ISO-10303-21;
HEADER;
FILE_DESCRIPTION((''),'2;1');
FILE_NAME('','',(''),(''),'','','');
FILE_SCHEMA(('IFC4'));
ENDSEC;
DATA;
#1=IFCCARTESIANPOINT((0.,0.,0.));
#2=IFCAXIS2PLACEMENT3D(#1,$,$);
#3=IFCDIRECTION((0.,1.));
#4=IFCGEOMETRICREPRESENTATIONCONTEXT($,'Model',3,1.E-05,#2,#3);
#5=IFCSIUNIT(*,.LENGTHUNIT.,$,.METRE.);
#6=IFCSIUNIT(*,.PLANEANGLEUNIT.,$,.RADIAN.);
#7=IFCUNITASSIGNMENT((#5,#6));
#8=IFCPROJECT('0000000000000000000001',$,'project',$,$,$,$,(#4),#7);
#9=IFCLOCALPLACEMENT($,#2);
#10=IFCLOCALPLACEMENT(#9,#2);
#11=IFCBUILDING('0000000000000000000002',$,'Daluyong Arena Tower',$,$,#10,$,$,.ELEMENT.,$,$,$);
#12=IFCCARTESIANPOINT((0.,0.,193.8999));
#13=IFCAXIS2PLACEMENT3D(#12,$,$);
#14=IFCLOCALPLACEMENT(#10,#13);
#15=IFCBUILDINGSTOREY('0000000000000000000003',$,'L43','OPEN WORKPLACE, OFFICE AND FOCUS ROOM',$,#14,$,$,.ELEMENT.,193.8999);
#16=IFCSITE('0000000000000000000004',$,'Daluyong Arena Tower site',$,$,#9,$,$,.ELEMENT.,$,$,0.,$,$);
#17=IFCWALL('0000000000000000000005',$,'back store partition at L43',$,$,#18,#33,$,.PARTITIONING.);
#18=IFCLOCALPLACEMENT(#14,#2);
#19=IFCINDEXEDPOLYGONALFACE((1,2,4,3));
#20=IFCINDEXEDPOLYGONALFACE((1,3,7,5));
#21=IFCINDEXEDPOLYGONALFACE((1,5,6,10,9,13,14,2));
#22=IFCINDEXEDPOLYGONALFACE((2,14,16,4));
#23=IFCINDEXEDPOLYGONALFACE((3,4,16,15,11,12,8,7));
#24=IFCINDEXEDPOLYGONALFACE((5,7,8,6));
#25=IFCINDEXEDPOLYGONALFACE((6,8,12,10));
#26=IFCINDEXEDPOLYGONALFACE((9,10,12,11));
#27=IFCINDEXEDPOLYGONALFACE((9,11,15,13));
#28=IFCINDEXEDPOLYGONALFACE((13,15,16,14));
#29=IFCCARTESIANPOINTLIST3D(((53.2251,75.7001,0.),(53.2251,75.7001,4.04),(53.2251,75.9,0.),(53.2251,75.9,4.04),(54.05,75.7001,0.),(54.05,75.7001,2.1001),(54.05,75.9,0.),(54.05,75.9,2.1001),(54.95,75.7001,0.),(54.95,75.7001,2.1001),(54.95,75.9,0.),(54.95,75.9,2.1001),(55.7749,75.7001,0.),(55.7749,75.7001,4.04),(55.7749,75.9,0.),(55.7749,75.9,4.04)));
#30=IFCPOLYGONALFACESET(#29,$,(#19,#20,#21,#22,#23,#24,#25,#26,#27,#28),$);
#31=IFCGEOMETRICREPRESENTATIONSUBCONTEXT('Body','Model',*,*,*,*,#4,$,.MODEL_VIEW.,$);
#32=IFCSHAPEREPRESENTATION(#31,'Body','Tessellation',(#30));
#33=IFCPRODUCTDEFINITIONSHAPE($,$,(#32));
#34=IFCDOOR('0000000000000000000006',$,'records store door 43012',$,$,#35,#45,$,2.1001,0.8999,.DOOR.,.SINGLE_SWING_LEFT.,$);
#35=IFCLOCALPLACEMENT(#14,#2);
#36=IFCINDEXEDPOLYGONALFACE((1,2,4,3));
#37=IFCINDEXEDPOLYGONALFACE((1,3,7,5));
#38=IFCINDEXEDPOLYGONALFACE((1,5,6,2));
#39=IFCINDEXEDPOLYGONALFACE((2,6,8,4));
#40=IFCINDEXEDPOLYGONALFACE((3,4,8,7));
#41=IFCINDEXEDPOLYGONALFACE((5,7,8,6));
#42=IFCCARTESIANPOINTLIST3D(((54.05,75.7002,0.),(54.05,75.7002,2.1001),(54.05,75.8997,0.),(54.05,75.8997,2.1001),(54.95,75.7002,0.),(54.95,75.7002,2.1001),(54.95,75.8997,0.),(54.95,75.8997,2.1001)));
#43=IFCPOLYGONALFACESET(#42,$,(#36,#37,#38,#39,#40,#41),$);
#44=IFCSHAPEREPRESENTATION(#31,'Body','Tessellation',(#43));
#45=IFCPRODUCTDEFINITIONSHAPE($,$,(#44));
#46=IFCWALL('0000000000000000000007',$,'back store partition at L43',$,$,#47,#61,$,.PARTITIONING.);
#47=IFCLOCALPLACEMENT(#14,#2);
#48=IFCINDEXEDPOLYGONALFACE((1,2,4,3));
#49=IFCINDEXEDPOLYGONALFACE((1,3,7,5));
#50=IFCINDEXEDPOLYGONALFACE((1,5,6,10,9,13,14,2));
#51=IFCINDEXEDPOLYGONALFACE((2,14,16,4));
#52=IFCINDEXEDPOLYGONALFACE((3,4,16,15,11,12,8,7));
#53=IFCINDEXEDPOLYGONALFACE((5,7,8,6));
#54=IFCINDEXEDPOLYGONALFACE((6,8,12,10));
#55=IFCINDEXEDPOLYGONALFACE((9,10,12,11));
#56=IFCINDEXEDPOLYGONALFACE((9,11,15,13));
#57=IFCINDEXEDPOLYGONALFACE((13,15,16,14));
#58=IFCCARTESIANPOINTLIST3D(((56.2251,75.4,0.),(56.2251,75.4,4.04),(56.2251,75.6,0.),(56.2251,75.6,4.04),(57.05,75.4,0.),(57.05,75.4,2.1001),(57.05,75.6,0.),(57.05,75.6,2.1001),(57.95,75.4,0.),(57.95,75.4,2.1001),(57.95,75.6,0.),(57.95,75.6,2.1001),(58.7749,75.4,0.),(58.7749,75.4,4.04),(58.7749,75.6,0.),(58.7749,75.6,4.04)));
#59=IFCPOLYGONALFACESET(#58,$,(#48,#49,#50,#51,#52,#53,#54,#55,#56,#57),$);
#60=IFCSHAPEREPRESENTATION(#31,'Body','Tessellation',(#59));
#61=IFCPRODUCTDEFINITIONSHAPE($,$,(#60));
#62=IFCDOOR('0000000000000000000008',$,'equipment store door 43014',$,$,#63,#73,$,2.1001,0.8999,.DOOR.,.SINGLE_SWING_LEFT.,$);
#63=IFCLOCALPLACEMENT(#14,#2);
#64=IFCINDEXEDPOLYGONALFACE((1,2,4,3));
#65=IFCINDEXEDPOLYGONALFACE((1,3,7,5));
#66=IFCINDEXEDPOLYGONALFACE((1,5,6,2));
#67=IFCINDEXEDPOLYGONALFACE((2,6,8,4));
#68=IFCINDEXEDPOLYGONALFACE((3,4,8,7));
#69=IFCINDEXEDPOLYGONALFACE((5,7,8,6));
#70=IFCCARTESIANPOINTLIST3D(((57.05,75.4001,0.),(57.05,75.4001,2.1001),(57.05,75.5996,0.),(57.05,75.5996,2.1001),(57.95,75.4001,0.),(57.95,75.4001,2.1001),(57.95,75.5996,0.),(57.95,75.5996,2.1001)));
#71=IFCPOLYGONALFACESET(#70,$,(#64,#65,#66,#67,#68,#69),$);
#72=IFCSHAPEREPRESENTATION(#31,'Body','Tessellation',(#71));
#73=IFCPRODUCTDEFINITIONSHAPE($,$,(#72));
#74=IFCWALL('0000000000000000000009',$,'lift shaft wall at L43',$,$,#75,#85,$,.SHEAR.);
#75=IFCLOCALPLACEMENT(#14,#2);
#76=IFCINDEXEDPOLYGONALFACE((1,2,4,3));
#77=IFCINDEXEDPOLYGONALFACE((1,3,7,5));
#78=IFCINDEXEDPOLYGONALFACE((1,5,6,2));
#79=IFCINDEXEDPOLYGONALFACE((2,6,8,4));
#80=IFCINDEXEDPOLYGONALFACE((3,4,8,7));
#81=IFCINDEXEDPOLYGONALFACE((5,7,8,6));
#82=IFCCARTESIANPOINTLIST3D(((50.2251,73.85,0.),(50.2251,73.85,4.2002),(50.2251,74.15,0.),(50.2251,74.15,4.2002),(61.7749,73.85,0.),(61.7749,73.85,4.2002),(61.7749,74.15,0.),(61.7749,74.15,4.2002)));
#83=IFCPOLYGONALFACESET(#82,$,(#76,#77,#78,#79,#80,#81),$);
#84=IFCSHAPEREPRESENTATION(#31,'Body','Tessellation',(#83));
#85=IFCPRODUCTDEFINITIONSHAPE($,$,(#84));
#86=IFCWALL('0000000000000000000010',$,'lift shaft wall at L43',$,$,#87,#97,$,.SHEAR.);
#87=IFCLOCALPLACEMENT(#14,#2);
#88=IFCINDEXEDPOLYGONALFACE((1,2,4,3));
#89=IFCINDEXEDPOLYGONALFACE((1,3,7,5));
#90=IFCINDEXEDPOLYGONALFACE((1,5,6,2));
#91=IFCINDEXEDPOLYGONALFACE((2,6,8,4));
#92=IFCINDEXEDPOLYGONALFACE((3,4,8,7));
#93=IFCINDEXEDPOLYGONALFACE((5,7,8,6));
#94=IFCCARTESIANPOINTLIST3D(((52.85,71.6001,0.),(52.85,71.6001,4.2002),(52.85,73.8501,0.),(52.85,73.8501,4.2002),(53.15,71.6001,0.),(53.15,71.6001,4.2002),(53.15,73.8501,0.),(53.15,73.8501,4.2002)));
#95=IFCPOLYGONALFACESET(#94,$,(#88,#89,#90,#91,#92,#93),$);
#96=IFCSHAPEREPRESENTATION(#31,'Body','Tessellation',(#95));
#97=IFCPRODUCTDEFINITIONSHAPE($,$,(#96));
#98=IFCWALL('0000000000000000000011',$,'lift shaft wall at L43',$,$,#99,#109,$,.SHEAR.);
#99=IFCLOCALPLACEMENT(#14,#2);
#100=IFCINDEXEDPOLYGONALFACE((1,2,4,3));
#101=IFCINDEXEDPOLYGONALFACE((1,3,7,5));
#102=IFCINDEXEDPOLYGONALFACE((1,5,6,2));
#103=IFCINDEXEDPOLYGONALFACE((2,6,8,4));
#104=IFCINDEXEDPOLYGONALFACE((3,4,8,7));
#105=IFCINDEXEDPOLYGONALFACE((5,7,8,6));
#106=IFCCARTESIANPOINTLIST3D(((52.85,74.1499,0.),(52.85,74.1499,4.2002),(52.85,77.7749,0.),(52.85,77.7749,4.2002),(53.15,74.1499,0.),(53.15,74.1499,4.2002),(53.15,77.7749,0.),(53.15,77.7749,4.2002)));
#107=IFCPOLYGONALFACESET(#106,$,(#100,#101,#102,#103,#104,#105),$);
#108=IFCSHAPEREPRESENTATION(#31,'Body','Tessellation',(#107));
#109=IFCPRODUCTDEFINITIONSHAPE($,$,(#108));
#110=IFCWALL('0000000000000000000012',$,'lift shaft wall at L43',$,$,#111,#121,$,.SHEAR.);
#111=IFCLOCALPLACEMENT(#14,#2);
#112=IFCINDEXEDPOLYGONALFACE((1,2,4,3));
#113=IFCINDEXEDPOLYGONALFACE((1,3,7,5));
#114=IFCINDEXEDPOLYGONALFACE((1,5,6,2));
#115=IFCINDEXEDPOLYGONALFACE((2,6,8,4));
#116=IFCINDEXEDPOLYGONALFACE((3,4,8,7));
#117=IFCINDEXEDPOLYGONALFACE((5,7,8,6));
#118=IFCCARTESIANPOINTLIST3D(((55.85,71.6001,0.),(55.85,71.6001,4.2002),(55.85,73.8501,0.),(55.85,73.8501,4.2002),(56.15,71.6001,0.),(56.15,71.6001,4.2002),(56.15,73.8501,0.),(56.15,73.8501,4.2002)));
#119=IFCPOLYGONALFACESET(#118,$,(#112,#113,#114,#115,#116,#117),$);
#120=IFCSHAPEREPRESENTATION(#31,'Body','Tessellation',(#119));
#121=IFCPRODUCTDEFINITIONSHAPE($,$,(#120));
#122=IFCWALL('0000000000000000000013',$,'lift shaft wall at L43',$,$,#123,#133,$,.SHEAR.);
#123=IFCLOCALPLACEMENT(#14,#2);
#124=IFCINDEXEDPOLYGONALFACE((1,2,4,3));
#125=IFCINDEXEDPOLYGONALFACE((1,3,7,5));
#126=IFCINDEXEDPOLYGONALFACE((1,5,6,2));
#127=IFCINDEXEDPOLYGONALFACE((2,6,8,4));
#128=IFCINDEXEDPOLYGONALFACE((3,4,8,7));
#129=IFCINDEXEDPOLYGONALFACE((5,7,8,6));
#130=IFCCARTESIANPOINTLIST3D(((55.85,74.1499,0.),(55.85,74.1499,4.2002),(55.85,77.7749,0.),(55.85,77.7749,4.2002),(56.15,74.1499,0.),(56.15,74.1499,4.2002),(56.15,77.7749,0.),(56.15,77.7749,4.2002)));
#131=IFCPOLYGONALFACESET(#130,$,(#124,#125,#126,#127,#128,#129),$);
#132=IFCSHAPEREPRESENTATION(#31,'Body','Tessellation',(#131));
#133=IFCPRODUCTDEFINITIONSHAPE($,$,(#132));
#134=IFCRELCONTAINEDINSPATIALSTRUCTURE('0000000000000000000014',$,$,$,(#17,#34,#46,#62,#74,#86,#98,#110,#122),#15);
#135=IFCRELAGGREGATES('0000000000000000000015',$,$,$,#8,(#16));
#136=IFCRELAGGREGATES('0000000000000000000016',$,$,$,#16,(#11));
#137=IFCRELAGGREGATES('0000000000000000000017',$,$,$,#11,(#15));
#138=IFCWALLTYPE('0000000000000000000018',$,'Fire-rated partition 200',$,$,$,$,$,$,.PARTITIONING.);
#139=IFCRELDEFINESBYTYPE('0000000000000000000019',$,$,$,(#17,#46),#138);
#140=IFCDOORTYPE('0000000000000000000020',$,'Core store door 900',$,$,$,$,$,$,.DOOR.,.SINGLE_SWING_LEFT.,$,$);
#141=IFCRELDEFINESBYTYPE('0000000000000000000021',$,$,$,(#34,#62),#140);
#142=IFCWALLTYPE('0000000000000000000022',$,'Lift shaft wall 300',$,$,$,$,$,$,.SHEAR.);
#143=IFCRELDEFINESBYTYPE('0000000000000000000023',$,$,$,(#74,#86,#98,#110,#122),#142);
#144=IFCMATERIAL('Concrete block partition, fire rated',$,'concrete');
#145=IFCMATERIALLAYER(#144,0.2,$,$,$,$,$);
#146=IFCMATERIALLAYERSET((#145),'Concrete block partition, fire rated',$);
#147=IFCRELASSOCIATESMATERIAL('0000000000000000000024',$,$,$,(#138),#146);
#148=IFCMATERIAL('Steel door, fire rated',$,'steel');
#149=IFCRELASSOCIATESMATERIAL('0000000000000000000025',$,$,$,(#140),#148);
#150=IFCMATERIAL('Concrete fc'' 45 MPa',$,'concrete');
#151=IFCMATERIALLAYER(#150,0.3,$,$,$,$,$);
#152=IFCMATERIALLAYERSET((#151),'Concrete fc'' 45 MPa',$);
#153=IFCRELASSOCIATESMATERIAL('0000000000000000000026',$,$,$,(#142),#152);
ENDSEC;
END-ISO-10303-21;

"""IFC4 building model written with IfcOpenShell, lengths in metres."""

from ifc_helpers import new_model, si_unit, direction, frame, frame_2d, origin, place, context, subcontext, project, spatial, rectangle, extrude, material, layer, layer_set, type_object, element, fill, save


model = new_model("IFC4")

# Units and contexts
model_context = context("Model", 3, precision=1e-05, world=origin(), true_north=direction((0.0, 1.0)))
body_context = subcontext(model_context, "Body", "Model", "MODEL_VIEW")
ifc_project = project(units=[si_unit("LENGTHUNIT", "METRE"), si_unit("PLANEANGLEUNIT", "RADIAN")], contexts=[model_context])

# Site, building, storey
site_placement = place(None, origin())
site = spatial("IfcSite", under=ifc_project, at=site_placement, Name="Daluyong Arena Tower site", CompositionType="ELEMENT", RefElevation=0.0)
building_placement = place(site_placement, origin())
building = spatial("IfcBuilding", under=site, at=building_placement, Name="Daluyong Arena Tower", CompositionType="ELEMENT")
storey_placement = place(building_placement, frame((0.0, 0.0, 193.8999)))
storey = spatial("IfcBuildingStorey", under=building, at=storey_placement, Name="L43", Description="OPEN WORKPLACE, OFFICE AND FOCUS ROOM", CompositionType="ELEMENT", Elevation=193.8999)

# Walls, openings, doors
ifc_material_1 = material(Name="Concrete block partition, fire rated", Category="concrete")
ifc_layer_1 = layer(ifc_material_1, 0.2)
ifc_layer_set_1 = layer_set([ifc_layer_1], Name="Concrete block partition, fire rated")
wall_type_1 = type_object("IfcWallType", Name="Fire-rated partition 200", PredefinedType="PARTITIONING", material=ifc_layer_set_1)
ifc_material_2 = material(Name="Steel door, fire rated", Category="steel")
door_type_1 = type_object("IfcDoorType", Name="Core store door 900", OperationType="SINGLE_SWING_LEFT", PredefinedType="DOOR", material=ifc_material_2)
wall_1_placement = place(storey_placement, frame((53.2251, 75.8, 0.0), z_axis=(0.0, 0.0, 1.0), x_axis=(1.0, 0.0, 0.0)))
wall_1 = element("IfcWall", 1, at=wall_1_placement, inside=storey, type_object=wall_type_1, Name="back store partition at L43", PredefinedType="PARTITIONING", context=body_context, shape_type="SweptSolid", body=[
    extrude(rectangle(XDim=2.5498, YDim=0.2, at=frame_2d((1.2749, 0.0))), origin(), (0.0, 0.0, 1.0), 4.04),
])
opening_1_placement = place(wall_1_placement, frame((0.825, 0.0, 0.0)))
opening_1 = element("IfcOpeningElement", 2, at=opening_1_placement, cuts=wall_1, PredefinedType="OPENING", context=body_context, shape_type="SweptSolid", body=[
    extrude(rectangle(XDim=0.8999, YDim=2.1001, at=frame_2d((0.45, 1.05))), frame((0.0, 0.1099, 0.0), z_axis=(0.0, -1.0, 0.0), x_axis=(1.0, 0.0, 0.0)), (0.0, 0.0, 1.0), 0.22),
])
door_1_placement = place(opening_1_placement, origin())
door_1 = element("IfcDoor", 3, at=door_1_placement, inside=storey, type_object=door_type_1, Name="records store door 43012", OperationType="SINGLE_SWING_LEFT", OverallHeight=2.1001, OverallWidth=0.8999, PredefinedType="DOOR", context=body_context, shape_type="SweptSolid", body=[
    extrude(rectangle(XDim=0.8999, YDim=2.1001, at=frame_2d((0.45, 1.05))), frame((0.0, 0.0996, 0.0), z_axis=(0.0, -1.0, 0.0), x_axis=(1.0, 0.0, 0.0)), (0.0, 0.0, 1.0), 0.1995),
])
fill(opening_1, door_1)
wall_2_placement = place(storey_placement, frame((56.2251, 75.5, 0.0), z_axis=(0.0, 0.0, 1.0), x_axis=(1.0, 0.0, 0.0)))
wall_2 = element("IfcWall", 4, at=wall_2_placement, inside=storey, type_object=wall_type_1, Name="back store partition at L43", PredefinedType="PARTITIONING", context=body_context, shape_type="SweptSolid", body=[
    extrude(rectangle(XDim=2.5498, YDim=0.2, at=frame_2d((1.2749, 0.0))), origin(), (0.0, 0.0, 1.0), 4.04),
])
opening_2_placement = place(wall_2_placement, frame((0.825, 0.0, 0.0)))
opening_2 = element("IfcOpeningElement", 5, at=opening_2_placement, cuts=wall_2, PredefinedType="OPENING", context=body_context, shape_type="SweptSolid", body=[
    extrude(rectangle(XDim=0.8999, YDim=2.1001, at=frame_2d((0.45, 1.05))), frame((0.0, 0.1099, 0.0), z_axis=(0.0, -1.0, 0.0), x_axis=(1.0, 0.0, 0.0)), (0.0, 0.0, 1.0), 0.22),
])
door_2_placement = place(opening_2_placement, origin())
door_2 = element("IfcDoor", 6, at=door_2_placement, inside=storey, type_object=door_type_1, Name="equipment store door 43014", OperationType="SINGLE_SWING_LEFT", OverallHeight=2.1001, OverallWidth=0.8999, PredefinedType="DOOR", context=body_context, shape_type="SweptSolid", body=[
    extrude(rectangle(XDim=0.8999, YDim=2.1001, at=frame_2d((0.45, 1.05))), frame((0.0, 0.0996, 0.0), z_axis=(0.0, -1.0, 0.0), x_axis=(1.0, 0.0, 0.0)), (0.0, 0.0, 1.0), 0.1995),
])
fill(opening_2, door_2)

# Walls
ifc_material_3 = material(Name="Concrete fc' 45 MPa", Category="concrete")
ifc_layer_2 = layer(ifc_material_3, 0.3)
ifc_layer_set_2 = layer_set([ifc_layer_2], Name="Concrete fc' 45 MPa")
wall_type_2 = type_object("IfcWallType", Name="Lift shaft wall 300", PredefinedType="SHEAR", material=ifc_layer_set_2)
wall_3_placement = place(storey_placement, frame((50.2251, 74.0, 0.0), z_axis=(0.0, 0.0, 1.0), x_axis=(1.0, 0.0, 0.0)))
element("IfcWall", 7, at=wall_3_placement, inside=storey, type_object=wall_type_2, Name="lift shaft wall at L43", PredefinedType="SHEAR", context=body_context, shape_type="SweptSolid", body=[
    extrude(rectangle(XDim=11.5498, YDim=0.3, at=frame_2d((5.7749, 0.0))), origin(), (0.0, 0.0, 1.0), 4.2002),
])
wall_4_placement = place(storey_placement, frame((53.0, 71.6001, 0.0), z_axis=(0.0, 0.0, 1.0), x_axis=(0.0, 1.0, 0.0)))
element("IfcWall", 8, at=wall_4_placement, inside=storey, type_object=wall_type_2, Name="lift shaft wall at L43", PredefinedType="SHEAR", context=body_context, shape_type="SweptSolid", body=[
    extrude(rectangle(XDim=2.25, YDim=0.3, at=frame_2d((1.125, 0.0))), origin(), (0.0, 0.0, 1.0), 4.2002),
])
wall_5_placement = place(storey_placement, frame((53.0, 74.1499, 0.0), z_axis=(0.0, 0.0, 1.0), x_axis=(0.0, 1.0, 0.0)))
element("IfcWall", 9, at=wall_5_placement, inside=storey, type_object=wall_type_2, Name="lift shaft wall at L43", PredefinedType="SHEAR", context=body_context, shape_type="SweptSolid", body=[
    extrude(rectangle(XDim=3.625, YDim=0.3, at=frame_2d((1.8125, 0.0))), origin(), (0.0, 0.0, 1.0), 4.2002),
])
wall_6_placement = place(storey_placement, frame((56.0, 71.6001, 0.0), z_axis=(0.0, 0.0, 1.0), x_axis=(0.0, 1.0, 0.0)))
element("IfcWall", 10, at=wall_6_placement, inside=storey, type_object=wall_type_2, Name="lift shaft wall at L43", PredefinedType="SHEAR", context=body_context, shape_type="SweptSolid", body=[
    extrude(rectangle(XDim=2.25, YDim=0.3, at=frame_2d((1.125, 0.0))), origin(), (0.0, 0.0, 1.0), 4.2002),
])
wall_7_placement = place(storey_placement, frame((56.0, 74.1499, 0.0), z_axis=(0.0, 0.0, 1.0), x_axis=(0.0, 1.0, 0.0)))
element("IfcWall", 11, at=wall_7_placement, inside=storey, type_object=wall_type_2, Name="lift shaft wall at L43", PredefinedType="SHEAR", context=body_context, shape_type="SweptSolid", body=[
    extrude(rectangle(XDim=3.625, YDim=0.3, at=frame_2d((1.8125, 0.0))), origin(), (0.0, 0.0, 1.0), 4.2002),
])

save(model, "model.ifc")
